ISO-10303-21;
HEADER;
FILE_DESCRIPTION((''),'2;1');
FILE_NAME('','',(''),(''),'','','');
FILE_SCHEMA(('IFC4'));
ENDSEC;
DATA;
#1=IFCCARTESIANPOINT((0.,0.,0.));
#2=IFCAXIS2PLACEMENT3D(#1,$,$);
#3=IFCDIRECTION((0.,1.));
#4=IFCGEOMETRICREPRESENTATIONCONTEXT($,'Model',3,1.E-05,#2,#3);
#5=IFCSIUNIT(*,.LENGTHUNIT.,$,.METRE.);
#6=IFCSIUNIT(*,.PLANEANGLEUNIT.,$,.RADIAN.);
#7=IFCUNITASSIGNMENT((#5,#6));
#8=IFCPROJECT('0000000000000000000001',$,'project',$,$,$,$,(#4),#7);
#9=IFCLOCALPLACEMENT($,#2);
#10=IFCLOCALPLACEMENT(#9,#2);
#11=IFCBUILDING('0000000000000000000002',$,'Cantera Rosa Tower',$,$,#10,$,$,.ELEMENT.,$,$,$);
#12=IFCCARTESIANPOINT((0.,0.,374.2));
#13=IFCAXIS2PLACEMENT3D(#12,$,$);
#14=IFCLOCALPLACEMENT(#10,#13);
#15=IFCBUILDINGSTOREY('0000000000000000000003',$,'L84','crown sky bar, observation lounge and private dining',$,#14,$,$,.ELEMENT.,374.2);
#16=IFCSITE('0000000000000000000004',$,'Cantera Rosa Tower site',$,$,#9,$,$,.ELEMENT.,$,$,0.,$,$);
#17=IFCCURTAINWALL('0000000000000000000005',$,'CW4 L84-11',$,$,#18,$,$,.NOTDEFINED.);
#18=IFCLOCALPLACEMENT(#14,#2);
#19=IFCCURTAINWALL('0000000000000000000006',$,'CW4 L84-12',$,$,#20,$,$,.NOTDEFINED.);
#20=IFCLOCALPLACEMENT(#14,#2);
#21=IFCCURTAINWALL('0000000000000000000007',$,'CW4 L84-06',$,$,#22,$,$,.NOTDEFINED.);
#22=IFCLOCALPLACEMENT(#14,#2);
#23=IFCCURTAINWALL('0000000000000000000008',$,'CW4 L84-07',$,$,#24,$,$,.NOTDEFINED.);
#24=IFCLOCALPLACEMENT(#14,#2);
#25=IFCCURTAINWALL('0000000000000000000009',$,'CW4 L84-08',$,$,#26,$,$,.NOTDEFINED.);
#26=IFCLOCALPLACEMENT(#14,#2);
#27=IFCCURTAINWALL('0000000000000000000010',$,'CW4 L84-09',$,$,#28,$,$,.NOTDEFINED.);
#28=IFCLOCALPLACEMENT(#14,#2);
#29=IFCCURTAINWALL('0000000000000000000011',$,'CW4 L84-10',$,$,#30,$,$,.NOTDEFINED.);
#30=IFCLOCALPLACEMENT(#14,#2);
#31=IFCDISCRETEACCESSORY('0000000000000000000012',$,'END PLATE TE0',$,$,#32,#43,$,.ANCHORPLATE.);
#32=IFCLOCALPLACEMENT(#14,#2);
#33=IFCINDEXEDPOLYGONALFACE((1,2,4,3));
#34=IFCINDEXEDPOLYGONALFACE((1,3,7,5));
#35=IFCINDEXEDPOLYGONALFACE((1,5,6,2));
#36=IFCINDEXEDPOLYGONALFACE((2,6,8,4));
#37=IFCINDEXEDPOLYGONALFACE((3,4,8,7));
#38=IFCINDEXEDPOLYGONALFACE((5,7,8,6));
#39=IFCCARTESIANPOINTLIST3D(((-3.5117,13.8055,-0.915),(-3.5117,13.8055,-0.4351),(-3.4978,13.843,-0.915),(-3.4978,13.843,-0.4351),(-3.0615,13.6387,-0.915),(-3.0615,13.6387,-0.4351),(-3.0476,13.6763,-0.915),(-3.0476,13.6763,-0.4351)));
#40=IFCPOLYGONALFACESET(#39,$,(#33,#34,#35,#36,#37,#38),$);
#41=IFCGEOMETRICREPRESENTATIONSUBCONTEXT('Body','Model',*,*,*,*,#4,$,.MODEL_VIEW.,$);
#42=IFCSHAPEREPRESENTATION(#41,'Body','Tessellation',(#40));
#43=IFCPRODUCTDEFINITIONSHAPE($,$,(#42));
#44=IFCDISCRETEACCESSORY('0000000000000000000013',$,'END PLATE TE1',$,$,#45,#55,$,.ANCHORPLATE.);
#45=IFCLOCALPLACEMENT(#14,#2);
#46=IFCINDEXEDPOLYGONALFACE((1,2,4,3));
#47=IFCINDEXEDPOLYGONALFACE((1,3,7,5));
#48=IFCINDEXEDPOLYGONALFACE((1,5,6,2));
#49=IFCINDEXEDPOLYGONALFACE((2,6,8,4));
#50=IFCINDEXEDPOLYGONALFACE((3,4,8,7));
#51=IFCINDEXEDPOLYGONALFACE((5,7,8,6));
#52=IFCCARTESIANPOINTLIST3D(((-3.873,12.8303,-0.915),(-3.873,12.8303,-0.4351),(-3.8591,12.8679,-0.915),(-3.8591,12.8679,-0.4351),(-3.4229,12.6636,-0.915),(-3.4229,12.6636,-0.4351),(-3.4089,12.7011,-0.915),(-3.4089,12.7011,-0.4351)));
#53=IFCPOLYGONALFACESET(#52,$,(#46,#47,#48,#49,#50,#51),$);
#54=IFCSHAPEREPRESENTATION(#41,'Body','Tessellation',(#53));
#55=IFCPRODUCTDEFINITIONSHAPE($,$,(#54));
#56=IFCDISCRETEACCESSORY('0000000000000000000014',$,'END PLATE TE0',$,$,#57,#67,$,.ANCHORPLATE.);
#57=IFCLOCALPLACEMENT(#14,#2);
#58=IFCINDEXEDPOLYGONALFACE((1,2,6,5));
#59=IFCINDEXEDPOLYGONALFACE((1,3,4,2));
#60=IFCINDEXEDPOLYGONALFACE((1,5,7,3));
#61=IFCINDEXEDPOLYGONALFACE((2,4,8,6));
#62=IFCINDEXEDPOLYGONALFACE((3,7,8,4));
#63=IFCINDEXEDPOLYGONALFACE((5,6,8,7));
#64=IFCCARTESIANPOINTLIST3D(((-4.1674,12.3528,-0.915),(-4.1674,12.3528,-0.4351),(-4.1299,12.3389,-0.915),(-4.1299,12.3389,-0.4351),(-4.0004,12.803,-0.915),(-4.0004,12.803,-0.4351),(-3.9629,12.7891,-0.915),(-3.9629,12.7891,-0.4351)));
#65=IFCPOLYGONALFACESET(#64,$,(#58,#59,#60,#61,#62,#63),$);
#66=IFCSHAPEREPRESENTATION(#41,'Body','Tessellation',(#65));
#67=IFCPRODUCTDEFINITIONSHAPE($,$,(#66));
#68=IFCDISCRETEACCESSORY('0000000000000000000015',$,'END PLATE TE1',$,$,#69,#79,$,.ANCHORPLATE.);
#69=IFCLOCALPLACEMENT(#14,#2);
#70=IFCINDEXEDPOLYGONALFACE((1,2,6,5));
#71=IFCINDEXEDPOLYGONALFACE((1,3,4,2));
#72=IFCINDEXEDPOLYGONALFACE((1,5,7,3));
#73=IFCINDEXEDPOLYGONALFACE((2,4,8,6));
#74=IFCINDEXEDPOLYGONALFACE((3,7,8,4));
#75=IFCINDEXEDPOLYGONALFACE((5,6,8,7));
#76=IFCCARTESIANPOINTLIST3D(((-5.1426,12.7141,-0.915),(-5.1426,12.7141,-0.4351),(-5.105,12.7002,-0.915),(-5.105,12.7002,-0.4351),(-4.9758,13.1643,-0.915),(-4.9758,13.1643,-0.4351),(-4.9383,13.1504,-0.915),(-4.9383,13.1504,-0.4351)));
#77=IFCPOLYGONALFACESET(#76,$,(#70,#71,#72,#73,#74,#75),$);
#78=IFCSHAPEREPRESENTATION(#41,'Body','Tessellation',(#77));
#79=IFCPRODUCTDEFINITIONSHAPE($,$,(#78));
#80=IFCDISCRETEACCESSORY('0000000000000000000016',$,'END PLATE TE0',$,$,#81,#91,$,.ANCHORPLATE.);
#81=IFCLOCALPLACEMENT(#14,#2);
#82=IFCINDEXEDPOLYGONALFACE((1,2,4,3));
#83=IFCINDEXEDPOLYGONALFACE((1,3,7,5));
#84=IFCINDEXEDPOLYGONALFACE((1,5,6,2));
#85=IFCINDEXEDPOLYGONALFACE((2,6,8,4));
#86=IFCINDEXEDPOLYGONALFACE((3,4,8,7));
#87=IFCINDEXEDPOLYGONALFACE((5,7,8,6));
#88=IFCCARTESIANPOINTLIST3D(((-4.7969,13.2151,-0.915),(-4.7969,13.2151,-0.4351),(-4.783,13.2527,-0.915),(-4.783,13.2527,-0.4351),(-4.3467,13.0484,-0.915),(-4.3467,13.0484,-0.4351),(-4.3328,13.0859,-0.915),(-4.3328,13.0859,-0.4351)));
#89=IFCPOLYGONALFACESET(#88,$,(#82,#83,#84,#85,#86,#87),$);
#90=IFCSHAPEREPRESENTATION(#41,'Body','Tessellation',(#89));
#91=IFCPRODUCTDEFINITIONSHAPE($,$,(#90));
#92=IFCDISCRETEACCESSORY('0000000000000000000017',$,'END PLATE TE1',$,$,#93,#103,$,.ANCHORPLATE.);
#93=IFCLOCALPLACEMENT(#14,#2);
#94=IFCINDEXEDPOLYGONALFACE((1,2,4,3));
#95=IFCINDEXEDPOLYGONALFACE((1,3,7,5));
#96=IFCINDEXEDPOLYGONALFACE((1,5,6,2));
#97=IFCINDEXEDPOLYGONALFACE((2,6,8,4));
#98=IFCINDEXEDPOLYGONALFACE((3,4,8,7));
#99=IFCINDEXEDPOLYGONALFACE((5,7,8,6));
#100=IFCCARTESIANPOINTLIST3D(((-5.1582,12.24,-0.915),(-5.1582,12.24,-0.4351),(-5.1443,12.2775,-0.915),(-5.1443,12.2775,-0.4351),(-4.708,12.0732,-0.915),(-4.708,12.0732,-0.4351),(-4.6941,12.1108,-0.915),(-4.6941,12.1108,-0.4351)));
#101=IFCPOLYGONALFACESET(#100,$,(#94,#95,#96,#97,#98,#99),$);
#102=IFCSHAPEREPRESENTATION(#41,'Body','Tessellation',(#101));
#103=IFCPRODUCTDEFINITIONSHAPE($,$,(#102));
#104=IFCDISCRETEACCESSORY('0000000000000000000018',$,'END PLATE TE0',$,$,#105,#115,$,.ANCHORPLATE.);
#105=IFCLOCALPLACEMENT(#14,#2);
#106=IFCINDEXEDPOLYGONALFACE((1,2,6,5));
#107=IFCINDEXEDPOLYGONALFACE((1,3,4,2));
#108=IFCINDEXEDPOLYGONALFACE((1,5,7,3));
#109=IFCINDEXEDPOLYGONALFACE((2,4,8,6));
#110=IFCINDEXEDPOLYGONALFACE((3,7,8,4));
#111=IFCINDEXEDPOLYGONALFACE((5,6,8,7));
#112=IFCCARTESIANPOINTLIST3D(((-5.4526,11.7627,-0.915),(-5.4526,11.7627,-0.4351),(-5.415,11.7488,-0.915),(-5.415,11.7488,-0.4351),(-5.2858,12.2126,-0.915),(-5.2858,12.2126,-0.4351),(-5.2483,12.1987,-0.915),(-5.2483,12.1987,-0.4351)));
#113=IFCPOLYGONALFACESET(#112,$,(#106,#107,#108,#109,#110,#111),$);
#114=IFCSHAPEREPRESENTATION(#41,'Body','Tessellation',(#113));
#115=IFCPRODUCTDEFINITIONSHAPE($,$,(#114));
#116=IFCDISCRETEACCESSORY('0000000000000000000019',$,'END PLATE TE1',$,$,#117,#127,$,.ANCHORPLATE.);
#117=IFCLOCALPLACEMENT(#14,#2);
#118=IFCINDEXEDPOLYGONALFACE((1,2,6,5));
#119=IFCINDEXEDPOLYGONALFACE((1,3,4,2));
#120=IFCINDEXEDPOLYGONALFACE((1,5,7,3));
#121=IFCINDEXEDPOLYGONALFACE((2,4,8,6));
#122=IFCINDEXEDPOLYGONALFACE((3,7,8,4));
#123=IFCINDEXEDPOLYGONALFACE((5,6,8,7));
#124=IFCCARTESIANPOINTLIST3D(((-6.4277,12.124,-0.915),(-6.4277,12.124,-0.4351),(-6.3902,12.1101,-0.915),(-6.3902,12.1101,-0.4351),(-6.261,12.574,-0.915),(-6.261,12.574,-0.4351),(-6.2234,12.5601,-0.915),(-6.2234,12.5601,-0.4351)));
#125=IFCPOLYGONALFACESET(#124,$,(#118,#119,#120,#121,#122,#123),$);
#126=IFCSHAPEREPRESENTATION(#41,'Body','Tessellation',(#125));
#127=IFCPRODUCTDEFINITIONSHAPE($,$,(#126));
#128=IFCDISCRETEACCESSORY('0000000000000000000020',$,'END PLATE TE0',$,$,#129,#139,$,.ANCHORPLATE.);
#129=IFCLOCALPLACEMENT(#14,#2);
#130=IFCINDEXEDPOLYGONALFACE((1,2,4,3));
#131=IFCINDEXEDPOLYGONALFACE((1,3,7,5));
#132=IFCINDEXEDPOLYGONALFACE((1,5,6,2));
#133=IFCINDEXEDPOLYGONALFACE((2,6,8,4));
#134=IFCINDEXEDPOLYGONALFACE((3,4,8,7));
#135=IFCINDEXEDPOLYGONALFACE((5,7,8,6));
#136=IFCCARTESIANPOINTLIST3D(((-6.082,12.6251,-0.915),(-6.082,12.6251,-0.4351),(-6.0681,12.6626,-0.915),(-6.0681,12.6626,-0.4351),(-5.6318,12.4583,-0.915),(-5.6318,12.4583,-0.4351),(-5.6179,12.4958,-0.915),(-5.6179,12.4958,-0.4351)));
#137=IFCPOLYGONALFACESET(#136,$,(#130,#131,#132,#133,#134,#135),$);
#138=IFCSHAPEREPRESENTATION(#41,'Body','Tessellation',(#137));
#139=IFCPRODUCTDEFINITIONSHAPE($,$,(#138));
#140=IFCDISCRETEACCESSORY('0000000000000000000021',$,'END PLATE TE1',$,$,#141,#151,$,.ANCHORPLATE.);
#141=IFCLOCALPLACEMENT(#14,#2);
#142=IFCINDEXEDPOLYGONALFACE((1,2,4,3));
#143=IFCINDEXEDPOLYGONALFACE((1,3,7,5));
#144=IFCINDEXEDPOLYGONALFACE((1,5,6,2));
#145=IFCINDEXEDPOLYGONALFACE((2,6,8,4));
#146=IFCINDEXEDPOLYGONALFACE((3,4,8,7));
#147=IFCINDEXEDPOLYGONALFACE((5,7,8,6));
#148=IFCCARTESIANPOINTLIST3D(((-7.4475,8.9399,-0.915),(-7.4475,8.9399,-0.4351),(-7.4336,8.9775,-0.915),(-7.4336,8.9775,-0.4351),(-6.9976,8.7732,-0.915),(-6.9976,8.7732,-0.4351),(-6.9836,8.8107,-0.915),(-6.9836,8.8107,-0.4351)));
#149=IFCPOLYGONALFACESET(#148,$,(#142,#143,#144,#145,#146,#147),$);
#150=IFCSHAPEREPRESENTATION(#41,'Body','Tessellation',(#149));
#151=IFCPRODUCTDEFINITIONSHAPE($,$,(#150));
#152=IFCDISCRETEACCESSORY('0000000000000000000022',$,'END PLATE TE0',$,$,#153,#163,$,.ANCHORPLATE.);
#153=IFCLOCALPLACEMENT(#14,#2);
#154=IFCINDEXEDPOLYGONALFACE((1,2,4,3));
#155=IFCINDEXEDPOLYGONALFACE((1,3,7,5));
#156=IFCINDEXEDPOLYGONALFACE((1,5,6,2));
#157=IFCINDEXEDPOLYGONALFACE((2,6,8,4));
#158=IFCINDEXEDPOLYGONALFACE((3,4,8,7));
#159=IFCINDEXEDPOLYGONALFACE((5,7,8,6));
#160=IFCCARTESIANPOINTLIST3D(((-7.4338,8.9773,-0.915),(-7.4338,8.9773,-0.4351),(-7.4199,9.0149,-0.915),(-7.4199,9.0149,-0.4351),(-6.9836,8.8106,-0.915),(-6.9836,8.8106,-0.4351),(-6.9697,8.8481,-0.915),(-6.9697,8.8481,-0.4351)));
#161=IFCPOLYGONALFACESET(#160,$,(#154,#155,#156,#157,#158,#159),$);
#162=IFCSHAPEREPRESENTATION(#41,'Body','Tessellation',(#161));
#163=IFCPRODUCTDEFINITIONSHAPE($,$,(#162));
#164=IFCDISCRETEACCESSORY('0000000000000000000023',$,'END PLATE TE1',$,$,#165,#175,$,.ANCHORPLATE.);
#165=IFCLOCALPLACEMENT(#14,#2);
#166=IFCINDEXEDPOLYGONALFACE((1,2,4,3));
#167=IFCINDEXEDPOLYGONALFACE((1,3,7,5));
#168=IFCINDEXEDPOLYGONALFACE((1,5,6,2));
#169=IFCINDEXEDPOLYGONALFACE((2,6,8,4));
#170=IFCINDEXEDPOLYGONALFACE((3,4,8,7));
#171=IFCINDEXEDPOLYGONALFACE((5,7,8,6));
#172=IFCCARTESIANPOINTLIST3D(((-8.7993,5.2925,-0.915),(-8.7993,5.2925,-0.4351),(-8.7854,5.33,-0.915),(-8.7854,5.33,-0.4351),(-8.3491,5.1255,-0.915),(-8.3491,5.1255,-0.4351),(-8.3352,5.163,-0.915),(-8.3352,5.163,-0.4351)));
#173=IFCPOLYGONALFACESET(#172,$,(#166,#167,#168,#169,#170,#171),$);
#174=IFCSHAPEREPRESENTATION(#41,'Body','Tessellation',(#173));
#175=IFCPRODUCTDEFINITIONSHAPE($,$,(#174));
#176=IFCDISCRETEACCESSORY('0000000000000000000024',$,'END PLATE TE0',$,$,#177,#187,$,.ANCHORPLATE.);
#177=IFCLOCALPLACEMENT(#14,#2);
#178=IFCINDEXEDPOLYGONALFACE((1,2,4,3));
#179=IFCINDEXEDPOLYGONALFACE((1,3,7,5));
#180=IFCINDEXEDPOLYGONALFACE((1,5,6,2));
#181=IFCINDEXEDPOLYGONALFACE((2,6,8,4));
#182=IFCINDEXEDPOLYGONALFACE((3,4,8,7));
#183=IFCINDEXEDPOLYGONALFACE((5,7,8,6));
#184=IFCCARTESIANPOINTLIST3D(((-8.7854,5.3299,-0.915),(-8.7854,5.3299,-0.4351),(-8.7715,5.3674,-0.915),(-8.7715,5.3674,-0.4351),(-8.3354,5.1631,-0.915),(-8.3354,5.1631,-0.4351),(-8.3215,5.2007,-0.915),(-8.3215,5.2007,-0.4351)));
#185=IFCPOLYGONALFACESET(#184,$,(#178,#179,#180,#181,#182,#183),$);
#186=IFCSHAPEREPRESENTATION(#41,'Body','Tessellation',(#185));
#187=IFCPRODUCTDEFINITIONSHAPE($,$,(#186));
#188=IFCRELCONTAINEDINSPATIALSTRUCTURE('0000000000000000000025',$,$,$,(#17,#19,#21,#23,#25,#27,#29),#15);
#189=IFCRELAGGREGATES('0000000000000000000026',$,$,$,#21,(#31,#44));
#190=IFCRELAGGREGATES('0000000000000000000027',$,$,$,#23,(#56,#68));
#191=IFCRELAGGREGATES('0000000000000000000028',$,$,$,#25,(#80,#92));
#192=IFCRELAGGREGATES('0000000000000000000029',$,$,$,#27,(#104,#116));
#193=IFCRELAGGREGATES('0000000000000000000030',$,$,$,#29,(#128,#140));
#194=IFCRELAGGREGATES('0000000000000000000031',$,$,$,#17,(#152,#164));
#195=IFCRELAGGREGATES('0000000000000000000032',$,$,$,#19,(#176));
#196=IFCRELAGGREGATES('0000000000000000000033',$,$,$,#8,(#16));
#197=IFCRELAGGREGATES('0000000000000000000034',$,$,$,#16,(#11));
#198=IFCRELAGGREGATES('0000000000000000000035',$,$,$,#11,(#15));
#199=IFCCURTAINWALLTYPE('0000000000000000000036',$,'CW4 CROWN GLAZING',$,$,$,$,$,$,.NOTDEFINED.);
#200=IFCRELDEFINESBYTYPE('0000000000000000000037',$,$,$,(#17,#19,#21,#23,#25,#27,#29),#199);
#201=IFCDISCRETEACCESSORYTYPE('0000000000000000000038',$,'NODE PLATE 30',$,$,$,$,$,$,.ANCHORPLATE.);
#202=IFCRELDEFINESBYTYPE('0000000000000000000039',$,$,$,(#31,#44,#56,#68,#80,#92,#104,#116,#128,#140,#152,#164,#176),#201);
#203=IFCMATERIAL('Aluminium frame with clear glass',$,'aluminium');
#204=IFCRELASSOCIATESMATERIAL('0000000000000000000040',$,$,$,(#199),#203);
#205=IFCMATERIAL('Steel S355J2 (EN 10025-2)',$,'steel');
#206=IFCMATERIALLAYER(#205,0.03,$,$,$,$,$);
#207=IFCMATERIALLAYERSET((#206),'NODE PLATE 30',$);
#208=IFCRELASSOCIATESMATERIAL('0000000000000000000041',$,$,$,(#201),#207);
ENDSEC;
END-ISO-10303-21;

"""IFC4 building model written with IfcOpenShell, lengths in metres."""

from ifc_helpers import new_model, si_unit, direction, frame, origin, place, context, subcontext, project, spatial, polyline, outline, extrude, material, layer, layer_set, type_object, element, aggregate, save


model = new_model("IFC4")

# Units and contexts
model_context = context("Model", 3, precision=1e-05, world=origin(), true_north=direction((0.0, 1.0)))
body_context = subcontext(model_context, "Body", "Model", "MODEL_VIEW")
ifc_project = project(units=[si_unit("LENGTHUNIT", "METRE"), si_unit("PLANEANGLEUNIT", "RADIAN")], contexts=[model_context])

# Site, building, storey
site_placement = place(None, origin())
site = spatial("IfcSite", under=ifc_project, at=site_placement, Name="Cantera Rosa Tower site", CompositionType="ELEMENT", RefElevation=0.0)
building_placement = place(site_placement, origin())
building = spatial("IfcBuilding", under=site, at=building_placement, Name="Cantera Rosa Tower", CompositionType="ELEMENT")
storey_placement = place(building_placement, frame((0.0, 0.0, 374.2)))
storey = spatial("IfcBuildingStorey", under=building, at=storey_placement, Name="L84", Description="crown sky bar, observation lounge and private dining", CompositionType="ELEMENT", Elevation=374.2)

# Curtain walls
ifc_material_1 = material(Name="Aluminium frame with clear glass", Category="aluminium")
curtain_wall_type = type_object("IfcCurtainWallType", Name="CW4 CROWN GLAZING", PredefinedType="NOTDEFINED", material=ifc_material_1)
curtain_wall_1_placement = place(storey_placement, origin())
curtain_wall_1 = element("IfcCurtainWall", 1, at=curtain_wall_1_placement, inside=storey, type_object=curtain_wall_type, Name="CW4 L84-11", PredefinedType="NOTDEFINED")
curtain_wall_2_placement = place(storey_placement, origin())
curtain_wall_2 = element("IfcCurtainWall", 2, at=curtain_wall_2_placement, inside=storey, type_object=curtain_wall_type, Name="CW4 L84-12", PredefinedType="NOTDEFINED")
curtain_wall_3_placement = place(storey_placement, origin())
curtain_wall_3 = element("IfcCurtainWall", 3, at=curtain_wall_3_placement, inside=storey, type_object=curtain_wall_type, Name="CW4 L84-06", PredefinedType="NOTDEFINED")
curtain_wall_4_placement = place(storey_placement, origin())
curtain_wall_4 = element("IfcCurtainWall", 4, at=curtain_wall_4_placement, inside=storey, type_object=curtain_wall_type, Name="CW4 L84-07", PredefinedType="NOTDEFINED")
curtain_wall_5_placement = place(storey_placement, origin())
curtain_wall_5 = element("IfcCurtainWall", 5, at=curtain_wall_5_placement, inside=storey, type_object=curtain_wall_type, Name="CW4 L84-08", PredefinedType="NOTDEFINED")
curtain_wall_6_placement = place(storey_placement, origin())
curtain_wall_6 = element("IfcCurtainWall", 6, at=curtain_wall_6_placement, inside=storey, type_object=curtain_wall_type, Name="CW4 L84-09", PredefinedType="NOTDEFINED")
curtain_wall_7_placement = place(storey_placement, origin())
curtain_wall_7 = element("IfcCurtainWall", 7, at=curtain_wall_7_placement, inside=storey, type_object=curtain_wall_type, Name="CW4 L84-10", PredefinedType="NOTDEFINED")

# Shared definitions
ifc_material_2 = material(Name="Steel S355J2 (EN 10025-2)", Category="steel")
ifc_layer_1 = layer(ifc_material_2, 0.03)
ifc_layer_set_1 = layer_set([ifc_layer_1], Name="NODE PLATE 30")
discrete_accessory_type = type_object("IfcDiscreteAccessoryType", Name="NODE PLATE 30", PredefinedType="ANCHORPLATE", material=ifc_layer_set_1)

# Discrete accessories
discrete_accessory_1_placement = place(storey_placement, frame((-3.4978, 13.843, -0.4351), z_axis=(0.347331, 0.937743, 0.0), x_axis=(0.937743, -0.347331, 0.0)))
discrete_accessory_1 = element("IfcDiscreteAccessory", 8, at=discrete_accessory_1_placement, type_object=discrete_accessory_type, Name="END PLATE TE0", PredefinedType="ANCHORPLATE", context=body_context, shape_type="SweptSolid", body=[
    extrude(outline(polyline([(0.0, 0.0), (0.4801, 0.0), (0.4801, 0.48), (0.0, 0.48), (0.0, 0.0)])), origin(), (0.0, 0.0, -1.0), 0.04),
])
discrete_accessory_2_placement = place(storey_placement, frame((-3.4229, 12.6636, -0.4351), z_axis=(-0.347331, -0.937743, 0.0), x_axis=(-0.937743, 0.347331, 0.0)))
discrete_accessory_2 = element("IfcDiscreteAccessory", 9, at=discrete_accessory_2_placement, type_object=discrete_accessory_type, Name="END PLATE TE1", PredefinedType="ANCHORPLATE", context=body_context, shape_type="SweptSolid", body=[
    extrude(outline(polyline([(0.0, 0.0), (0.4801, 0.0), (0.4801, 0.48), (0.0, 0.48), (0.0, 0.0)])), origin(), (0.0, 0.0, -1.0), 0.04),
])
aggregate(curtain_wall_3, [discrete_accessory_1, discrete_accessory_2])
discrete_accessory_3_placement = place(storey_placement, frame((-3.9629, 12.7891, -0.4351), z_axis=(0.937577, -0.347778, 0.0), x_axis=(-0.347778, -0.937577, 0.0)))
discrete_accessory_3 = element("IfcDiscreteAccessory", 10, at=discrete_accessory_3_placement, type_object=discrete_accessory_type, Name="END PLATE TE0", PredefinedType="ANCHORPLATE", context=body_context, shape_type="SweptSolid", body=[
    extrude(outline(polyline([(0.0, 0.0), (0.4802, 0.0), (0.4802, 0.48), (0.0, 0.48), (0.0, 0.0)])), origin(), (0.0, 0.0, -1.0), 0.04),
])
discrete_accessory_4_placement = place(storey_placement, frame((-5.1426, 12.7141, -0.4351), z_axis=(-0.937743, 0.347331, 0.0), x_axis=(0.347331, 0.937743, 0.0)))
discrete_accessory_4 = element("IfcDiscreteAccessory", 11, at=discrete_accessory_4_placement, type_object=discrete_accessory_type, Name="END PLATE TE1", PredefinedType="ANCHORPLATE", context=body_context, shape_type="SweptSolid", body=[
    extrude(outline(polyline([(0.0, 0.0), (0.4801, 0.0), (0.4801, 0.48), (0.0, 0.48), (0.0, 0.0)])), origin(), (0.0, 0.0, -1.0), 0.04),
])
aggregate(curtain_wall_4, [discrete_accessory_3, discrete_accessory_4])
discrete_accessory_5_placement = place(storey_placement, frame((-4.783, 13.2527, -0.4351), z_axis=(0.347331, 0.937743, 0.0), x_axis=(0.937743, -0.347331, 0.0)))
discrete_accessory_5 = element("IfcDiscreteAccessory", 12, at=discrete_accessory_5_placement, type_object=discrete_accessory_type, Name="END PLATE TE0", PredefinedType="ANCHORPLATE", context=body_context, shape_type="SweptSolid", body=[
    extrude(outline(polyline([(0.0, 0.0), (0.4801, 0.0), (0.4801, 0.48), (0.0, 0.48), (0.0, 0.0)])), origin(), (0.0, 0.0, -1.0), 0.04),
])
discrete_accessory_6_placement = place(storey_placement, frame((-4.708, 12.0732, -0.4351), z_axis=(-0.347331, -0.937743, 0.0), x_axis=(-0.937743, 0.347331, 0.0)))
discrete_accessory_6 = element("IfcDiscreteAccessory", 13, at=discrete_accessory_6_placement, type_object=discrete_accessory_type, Name="END PLATE TE1", PredefinedType="ANCHORPLATE", context=body_context, shape_type="SweptSolid", body=[
    extrude(outline(polyline([(0.0, 0.0), (0.4801, 0.0), (0.4801, 0.48), (0.0, 0.48), (0.0, 0.0)])), origin(), (0.0, 0.0, -1.0), 0.04),
])
aggregate(curtain_wall_5, [discrete_accessory_5, discrete_accessory_6])
discrete_accessory_7_placement = place(storey_placement, frame((-5.2483, 12.1987, -0.4351), z_axis=(0.937681, -0.347497, 0.0), x_axis=(-0.347497, -0.937681, 0.0)))
discrete_accessory_7 = element("IfcDiscreteAccessory", 14, at=discrete_accessory_7_placement, type_object=discrete_accessory_type, Name="END PLATE TE0", PredefinedType="ANCHORPLATE", context=body_context, shape_type="SweptSolid", body=[
    extrude(outline(polyline([(0.0, 0.0), (0.4799, 0.0), (0.4799, 0.48), (0.0, 0.48), (0.0, 0.0)])), origin(), (0.0, 0.0, -1.0), 0.04),
])
discrete_accessory_8_placement = place(storey_placement, frame((-6.4277, 12.124, -0.4351), z_axis=(-0.937681, 0.347497, 0.0), x_axis=(0.347497, 0.937681, 0.0)))
discrete_accessory_8 = element("IfcDiscreteAccessory", 15, at=discrete_accessory_8_placement, type_object=discrete_accessory_type, Name="END PLATE TE1", PredefinedType="ANCHORPLATE", context=body_context, shape_type="SweptSolid", body=[
    extrude(outline(polyline([(0.0, 0.0), (0.4799, 0.0), (0.4799, 0.48), (0.0, 0.48), (0.0, 0.0)])), origin(), (0.0, 0.0, -1.0), 0.04),
])
aggregate(curtain_wall_6, [discrete_accessory_7, discrete_accessory_8])
discrete_accessory_9_placement = place(storey_placement, frame((-6.0681, 12.6626, -0.4351), z_axis=(0.347331, 0.937743, 0.0), x_axis=(0.937743, -0.347331, 0.0)))
discrete_accessory_9 = element("IfcDiscreteAccessory", 16, at=discrete_accessory_9_placement, type_object=discrete_accessory_type, Name="END PLATE TE0", PredefinedType="ANCHORPLATE", context=body_context, shape_type="SweptSolid", body=[
    extrude(outline(polyline([(0.0, 0.0), (0.4801, 0.0), (0.4801, 0.48), (0.0, 0.48), (0.0, 0.0)])), origin(), (0.0, 0.0, -1.0), 0.04),
])
discrete_accessory_10_placement = place(storey_placement, frame((-6.9976, 8.7732, -0.4351), z_axis=(-0.347497, -0.937681, 0.0), x_axis=(-0.937681, 0.347497, 0.0)))
discrete_accessory_10 = element("IfcDiscreteAccessory", 17, at=discrete_accessory_10_placement, type_object=discrete_accessory_type, Name="END PLATE TE1", PredefinedType="ANCHORPLATE", context=body_context, shape_type="SweptSolid", body=[
    extrude(outline(polyline([(0.0, 0.0), (0.4799, 0.0), (0.4799, 0.48), (0.0, 0.48), (0.0, 0.0)])), origin(), (0.0, 0.0, -1.0), 0.04),
])
aggregate(curtain_wall_7, [discrete_accessory_9, discrete_accessory_10])
discrete_accessory_11_placement = place(storey_placement, frame((-7.4199, 9.0149, -0.4351), z_axis=(0.347331, 0.937743, 0.0), x_axis=(0.937743, -0.347331, 0.0)))
discrete_accessory_11 = element("IfcDiscreteAccessory", 18, at=discrete_accessory_11_placement, type_object=discrete_accessory_type, Name="END PLATE TE0", PredefinedType="ANCHORPLATE", context=body_context, shape_type="SweptSolid", body=[
    extrude(outline(polyline([(0.0, 0.0), (0.4801, 0.0), (0.4801, 0.48), (0.0, 0.48), (0.0, 0.0)])), origin(), (0.0, 0.0, -1.0), 0.04),
])
discrete_accessory_12_placement = place(storey_placement, frame((-8.3491, 5.1255, -0.4351), z_axis=(-0.347778, -0.937577, 0.0), x_axis=(-0.937577, 0.347778, 0.0)))
discrete_accessory_12 = element("IfcDiscreteAccessory", 19, at=discrete_accessory_12_placement, type_object=discrete_accessory_type, Name="END PLATE TE1", PredefinedType="ANCHORPLATE", context=body_context, shape_type="SweptSolid", body=[
    extrude(outline(polyline([(0.0, 0.0), (0.4802, 0.0), (0.4802, 0.48), (0.0, 0.48), (0.0, 0.0)])), origin(), (0.0, 0.0, -1.0), 0.04),
])
aggregate(curtain_wall_1, [discrete_accessory_11, discrete_accessory_12])
discrete_accessory_13_placement = place(storey_placement, frame((-8.7715, 5.3674, -0.4351), z_axis=(0.347497, 0.937681, 0.0), x_axis=(0.937681, -0.347497, 0.0)))
discrete_accessory_13 = element("IfcDiscreteAccessory", 20, at=discrete_accessory_13_placement, type_object=discrete_accessory_type, Name="END PLATE TE0", PredefinedType="ANCHORPLATE", context=body_context, shape_type="SweptSolid", body=[
    extrude(outline(polyline([(0.0, 0.0), (0.4799, 0.0), (0.4799, 0.48), (0.0, 0.48), (0.0, 0.0)])), origin(), (0.0, 0.0, -1.0), 0.04),
])
aggregate(curtain_wall_2, [discrete_accessory_13])

save(model, "model.ifc")
